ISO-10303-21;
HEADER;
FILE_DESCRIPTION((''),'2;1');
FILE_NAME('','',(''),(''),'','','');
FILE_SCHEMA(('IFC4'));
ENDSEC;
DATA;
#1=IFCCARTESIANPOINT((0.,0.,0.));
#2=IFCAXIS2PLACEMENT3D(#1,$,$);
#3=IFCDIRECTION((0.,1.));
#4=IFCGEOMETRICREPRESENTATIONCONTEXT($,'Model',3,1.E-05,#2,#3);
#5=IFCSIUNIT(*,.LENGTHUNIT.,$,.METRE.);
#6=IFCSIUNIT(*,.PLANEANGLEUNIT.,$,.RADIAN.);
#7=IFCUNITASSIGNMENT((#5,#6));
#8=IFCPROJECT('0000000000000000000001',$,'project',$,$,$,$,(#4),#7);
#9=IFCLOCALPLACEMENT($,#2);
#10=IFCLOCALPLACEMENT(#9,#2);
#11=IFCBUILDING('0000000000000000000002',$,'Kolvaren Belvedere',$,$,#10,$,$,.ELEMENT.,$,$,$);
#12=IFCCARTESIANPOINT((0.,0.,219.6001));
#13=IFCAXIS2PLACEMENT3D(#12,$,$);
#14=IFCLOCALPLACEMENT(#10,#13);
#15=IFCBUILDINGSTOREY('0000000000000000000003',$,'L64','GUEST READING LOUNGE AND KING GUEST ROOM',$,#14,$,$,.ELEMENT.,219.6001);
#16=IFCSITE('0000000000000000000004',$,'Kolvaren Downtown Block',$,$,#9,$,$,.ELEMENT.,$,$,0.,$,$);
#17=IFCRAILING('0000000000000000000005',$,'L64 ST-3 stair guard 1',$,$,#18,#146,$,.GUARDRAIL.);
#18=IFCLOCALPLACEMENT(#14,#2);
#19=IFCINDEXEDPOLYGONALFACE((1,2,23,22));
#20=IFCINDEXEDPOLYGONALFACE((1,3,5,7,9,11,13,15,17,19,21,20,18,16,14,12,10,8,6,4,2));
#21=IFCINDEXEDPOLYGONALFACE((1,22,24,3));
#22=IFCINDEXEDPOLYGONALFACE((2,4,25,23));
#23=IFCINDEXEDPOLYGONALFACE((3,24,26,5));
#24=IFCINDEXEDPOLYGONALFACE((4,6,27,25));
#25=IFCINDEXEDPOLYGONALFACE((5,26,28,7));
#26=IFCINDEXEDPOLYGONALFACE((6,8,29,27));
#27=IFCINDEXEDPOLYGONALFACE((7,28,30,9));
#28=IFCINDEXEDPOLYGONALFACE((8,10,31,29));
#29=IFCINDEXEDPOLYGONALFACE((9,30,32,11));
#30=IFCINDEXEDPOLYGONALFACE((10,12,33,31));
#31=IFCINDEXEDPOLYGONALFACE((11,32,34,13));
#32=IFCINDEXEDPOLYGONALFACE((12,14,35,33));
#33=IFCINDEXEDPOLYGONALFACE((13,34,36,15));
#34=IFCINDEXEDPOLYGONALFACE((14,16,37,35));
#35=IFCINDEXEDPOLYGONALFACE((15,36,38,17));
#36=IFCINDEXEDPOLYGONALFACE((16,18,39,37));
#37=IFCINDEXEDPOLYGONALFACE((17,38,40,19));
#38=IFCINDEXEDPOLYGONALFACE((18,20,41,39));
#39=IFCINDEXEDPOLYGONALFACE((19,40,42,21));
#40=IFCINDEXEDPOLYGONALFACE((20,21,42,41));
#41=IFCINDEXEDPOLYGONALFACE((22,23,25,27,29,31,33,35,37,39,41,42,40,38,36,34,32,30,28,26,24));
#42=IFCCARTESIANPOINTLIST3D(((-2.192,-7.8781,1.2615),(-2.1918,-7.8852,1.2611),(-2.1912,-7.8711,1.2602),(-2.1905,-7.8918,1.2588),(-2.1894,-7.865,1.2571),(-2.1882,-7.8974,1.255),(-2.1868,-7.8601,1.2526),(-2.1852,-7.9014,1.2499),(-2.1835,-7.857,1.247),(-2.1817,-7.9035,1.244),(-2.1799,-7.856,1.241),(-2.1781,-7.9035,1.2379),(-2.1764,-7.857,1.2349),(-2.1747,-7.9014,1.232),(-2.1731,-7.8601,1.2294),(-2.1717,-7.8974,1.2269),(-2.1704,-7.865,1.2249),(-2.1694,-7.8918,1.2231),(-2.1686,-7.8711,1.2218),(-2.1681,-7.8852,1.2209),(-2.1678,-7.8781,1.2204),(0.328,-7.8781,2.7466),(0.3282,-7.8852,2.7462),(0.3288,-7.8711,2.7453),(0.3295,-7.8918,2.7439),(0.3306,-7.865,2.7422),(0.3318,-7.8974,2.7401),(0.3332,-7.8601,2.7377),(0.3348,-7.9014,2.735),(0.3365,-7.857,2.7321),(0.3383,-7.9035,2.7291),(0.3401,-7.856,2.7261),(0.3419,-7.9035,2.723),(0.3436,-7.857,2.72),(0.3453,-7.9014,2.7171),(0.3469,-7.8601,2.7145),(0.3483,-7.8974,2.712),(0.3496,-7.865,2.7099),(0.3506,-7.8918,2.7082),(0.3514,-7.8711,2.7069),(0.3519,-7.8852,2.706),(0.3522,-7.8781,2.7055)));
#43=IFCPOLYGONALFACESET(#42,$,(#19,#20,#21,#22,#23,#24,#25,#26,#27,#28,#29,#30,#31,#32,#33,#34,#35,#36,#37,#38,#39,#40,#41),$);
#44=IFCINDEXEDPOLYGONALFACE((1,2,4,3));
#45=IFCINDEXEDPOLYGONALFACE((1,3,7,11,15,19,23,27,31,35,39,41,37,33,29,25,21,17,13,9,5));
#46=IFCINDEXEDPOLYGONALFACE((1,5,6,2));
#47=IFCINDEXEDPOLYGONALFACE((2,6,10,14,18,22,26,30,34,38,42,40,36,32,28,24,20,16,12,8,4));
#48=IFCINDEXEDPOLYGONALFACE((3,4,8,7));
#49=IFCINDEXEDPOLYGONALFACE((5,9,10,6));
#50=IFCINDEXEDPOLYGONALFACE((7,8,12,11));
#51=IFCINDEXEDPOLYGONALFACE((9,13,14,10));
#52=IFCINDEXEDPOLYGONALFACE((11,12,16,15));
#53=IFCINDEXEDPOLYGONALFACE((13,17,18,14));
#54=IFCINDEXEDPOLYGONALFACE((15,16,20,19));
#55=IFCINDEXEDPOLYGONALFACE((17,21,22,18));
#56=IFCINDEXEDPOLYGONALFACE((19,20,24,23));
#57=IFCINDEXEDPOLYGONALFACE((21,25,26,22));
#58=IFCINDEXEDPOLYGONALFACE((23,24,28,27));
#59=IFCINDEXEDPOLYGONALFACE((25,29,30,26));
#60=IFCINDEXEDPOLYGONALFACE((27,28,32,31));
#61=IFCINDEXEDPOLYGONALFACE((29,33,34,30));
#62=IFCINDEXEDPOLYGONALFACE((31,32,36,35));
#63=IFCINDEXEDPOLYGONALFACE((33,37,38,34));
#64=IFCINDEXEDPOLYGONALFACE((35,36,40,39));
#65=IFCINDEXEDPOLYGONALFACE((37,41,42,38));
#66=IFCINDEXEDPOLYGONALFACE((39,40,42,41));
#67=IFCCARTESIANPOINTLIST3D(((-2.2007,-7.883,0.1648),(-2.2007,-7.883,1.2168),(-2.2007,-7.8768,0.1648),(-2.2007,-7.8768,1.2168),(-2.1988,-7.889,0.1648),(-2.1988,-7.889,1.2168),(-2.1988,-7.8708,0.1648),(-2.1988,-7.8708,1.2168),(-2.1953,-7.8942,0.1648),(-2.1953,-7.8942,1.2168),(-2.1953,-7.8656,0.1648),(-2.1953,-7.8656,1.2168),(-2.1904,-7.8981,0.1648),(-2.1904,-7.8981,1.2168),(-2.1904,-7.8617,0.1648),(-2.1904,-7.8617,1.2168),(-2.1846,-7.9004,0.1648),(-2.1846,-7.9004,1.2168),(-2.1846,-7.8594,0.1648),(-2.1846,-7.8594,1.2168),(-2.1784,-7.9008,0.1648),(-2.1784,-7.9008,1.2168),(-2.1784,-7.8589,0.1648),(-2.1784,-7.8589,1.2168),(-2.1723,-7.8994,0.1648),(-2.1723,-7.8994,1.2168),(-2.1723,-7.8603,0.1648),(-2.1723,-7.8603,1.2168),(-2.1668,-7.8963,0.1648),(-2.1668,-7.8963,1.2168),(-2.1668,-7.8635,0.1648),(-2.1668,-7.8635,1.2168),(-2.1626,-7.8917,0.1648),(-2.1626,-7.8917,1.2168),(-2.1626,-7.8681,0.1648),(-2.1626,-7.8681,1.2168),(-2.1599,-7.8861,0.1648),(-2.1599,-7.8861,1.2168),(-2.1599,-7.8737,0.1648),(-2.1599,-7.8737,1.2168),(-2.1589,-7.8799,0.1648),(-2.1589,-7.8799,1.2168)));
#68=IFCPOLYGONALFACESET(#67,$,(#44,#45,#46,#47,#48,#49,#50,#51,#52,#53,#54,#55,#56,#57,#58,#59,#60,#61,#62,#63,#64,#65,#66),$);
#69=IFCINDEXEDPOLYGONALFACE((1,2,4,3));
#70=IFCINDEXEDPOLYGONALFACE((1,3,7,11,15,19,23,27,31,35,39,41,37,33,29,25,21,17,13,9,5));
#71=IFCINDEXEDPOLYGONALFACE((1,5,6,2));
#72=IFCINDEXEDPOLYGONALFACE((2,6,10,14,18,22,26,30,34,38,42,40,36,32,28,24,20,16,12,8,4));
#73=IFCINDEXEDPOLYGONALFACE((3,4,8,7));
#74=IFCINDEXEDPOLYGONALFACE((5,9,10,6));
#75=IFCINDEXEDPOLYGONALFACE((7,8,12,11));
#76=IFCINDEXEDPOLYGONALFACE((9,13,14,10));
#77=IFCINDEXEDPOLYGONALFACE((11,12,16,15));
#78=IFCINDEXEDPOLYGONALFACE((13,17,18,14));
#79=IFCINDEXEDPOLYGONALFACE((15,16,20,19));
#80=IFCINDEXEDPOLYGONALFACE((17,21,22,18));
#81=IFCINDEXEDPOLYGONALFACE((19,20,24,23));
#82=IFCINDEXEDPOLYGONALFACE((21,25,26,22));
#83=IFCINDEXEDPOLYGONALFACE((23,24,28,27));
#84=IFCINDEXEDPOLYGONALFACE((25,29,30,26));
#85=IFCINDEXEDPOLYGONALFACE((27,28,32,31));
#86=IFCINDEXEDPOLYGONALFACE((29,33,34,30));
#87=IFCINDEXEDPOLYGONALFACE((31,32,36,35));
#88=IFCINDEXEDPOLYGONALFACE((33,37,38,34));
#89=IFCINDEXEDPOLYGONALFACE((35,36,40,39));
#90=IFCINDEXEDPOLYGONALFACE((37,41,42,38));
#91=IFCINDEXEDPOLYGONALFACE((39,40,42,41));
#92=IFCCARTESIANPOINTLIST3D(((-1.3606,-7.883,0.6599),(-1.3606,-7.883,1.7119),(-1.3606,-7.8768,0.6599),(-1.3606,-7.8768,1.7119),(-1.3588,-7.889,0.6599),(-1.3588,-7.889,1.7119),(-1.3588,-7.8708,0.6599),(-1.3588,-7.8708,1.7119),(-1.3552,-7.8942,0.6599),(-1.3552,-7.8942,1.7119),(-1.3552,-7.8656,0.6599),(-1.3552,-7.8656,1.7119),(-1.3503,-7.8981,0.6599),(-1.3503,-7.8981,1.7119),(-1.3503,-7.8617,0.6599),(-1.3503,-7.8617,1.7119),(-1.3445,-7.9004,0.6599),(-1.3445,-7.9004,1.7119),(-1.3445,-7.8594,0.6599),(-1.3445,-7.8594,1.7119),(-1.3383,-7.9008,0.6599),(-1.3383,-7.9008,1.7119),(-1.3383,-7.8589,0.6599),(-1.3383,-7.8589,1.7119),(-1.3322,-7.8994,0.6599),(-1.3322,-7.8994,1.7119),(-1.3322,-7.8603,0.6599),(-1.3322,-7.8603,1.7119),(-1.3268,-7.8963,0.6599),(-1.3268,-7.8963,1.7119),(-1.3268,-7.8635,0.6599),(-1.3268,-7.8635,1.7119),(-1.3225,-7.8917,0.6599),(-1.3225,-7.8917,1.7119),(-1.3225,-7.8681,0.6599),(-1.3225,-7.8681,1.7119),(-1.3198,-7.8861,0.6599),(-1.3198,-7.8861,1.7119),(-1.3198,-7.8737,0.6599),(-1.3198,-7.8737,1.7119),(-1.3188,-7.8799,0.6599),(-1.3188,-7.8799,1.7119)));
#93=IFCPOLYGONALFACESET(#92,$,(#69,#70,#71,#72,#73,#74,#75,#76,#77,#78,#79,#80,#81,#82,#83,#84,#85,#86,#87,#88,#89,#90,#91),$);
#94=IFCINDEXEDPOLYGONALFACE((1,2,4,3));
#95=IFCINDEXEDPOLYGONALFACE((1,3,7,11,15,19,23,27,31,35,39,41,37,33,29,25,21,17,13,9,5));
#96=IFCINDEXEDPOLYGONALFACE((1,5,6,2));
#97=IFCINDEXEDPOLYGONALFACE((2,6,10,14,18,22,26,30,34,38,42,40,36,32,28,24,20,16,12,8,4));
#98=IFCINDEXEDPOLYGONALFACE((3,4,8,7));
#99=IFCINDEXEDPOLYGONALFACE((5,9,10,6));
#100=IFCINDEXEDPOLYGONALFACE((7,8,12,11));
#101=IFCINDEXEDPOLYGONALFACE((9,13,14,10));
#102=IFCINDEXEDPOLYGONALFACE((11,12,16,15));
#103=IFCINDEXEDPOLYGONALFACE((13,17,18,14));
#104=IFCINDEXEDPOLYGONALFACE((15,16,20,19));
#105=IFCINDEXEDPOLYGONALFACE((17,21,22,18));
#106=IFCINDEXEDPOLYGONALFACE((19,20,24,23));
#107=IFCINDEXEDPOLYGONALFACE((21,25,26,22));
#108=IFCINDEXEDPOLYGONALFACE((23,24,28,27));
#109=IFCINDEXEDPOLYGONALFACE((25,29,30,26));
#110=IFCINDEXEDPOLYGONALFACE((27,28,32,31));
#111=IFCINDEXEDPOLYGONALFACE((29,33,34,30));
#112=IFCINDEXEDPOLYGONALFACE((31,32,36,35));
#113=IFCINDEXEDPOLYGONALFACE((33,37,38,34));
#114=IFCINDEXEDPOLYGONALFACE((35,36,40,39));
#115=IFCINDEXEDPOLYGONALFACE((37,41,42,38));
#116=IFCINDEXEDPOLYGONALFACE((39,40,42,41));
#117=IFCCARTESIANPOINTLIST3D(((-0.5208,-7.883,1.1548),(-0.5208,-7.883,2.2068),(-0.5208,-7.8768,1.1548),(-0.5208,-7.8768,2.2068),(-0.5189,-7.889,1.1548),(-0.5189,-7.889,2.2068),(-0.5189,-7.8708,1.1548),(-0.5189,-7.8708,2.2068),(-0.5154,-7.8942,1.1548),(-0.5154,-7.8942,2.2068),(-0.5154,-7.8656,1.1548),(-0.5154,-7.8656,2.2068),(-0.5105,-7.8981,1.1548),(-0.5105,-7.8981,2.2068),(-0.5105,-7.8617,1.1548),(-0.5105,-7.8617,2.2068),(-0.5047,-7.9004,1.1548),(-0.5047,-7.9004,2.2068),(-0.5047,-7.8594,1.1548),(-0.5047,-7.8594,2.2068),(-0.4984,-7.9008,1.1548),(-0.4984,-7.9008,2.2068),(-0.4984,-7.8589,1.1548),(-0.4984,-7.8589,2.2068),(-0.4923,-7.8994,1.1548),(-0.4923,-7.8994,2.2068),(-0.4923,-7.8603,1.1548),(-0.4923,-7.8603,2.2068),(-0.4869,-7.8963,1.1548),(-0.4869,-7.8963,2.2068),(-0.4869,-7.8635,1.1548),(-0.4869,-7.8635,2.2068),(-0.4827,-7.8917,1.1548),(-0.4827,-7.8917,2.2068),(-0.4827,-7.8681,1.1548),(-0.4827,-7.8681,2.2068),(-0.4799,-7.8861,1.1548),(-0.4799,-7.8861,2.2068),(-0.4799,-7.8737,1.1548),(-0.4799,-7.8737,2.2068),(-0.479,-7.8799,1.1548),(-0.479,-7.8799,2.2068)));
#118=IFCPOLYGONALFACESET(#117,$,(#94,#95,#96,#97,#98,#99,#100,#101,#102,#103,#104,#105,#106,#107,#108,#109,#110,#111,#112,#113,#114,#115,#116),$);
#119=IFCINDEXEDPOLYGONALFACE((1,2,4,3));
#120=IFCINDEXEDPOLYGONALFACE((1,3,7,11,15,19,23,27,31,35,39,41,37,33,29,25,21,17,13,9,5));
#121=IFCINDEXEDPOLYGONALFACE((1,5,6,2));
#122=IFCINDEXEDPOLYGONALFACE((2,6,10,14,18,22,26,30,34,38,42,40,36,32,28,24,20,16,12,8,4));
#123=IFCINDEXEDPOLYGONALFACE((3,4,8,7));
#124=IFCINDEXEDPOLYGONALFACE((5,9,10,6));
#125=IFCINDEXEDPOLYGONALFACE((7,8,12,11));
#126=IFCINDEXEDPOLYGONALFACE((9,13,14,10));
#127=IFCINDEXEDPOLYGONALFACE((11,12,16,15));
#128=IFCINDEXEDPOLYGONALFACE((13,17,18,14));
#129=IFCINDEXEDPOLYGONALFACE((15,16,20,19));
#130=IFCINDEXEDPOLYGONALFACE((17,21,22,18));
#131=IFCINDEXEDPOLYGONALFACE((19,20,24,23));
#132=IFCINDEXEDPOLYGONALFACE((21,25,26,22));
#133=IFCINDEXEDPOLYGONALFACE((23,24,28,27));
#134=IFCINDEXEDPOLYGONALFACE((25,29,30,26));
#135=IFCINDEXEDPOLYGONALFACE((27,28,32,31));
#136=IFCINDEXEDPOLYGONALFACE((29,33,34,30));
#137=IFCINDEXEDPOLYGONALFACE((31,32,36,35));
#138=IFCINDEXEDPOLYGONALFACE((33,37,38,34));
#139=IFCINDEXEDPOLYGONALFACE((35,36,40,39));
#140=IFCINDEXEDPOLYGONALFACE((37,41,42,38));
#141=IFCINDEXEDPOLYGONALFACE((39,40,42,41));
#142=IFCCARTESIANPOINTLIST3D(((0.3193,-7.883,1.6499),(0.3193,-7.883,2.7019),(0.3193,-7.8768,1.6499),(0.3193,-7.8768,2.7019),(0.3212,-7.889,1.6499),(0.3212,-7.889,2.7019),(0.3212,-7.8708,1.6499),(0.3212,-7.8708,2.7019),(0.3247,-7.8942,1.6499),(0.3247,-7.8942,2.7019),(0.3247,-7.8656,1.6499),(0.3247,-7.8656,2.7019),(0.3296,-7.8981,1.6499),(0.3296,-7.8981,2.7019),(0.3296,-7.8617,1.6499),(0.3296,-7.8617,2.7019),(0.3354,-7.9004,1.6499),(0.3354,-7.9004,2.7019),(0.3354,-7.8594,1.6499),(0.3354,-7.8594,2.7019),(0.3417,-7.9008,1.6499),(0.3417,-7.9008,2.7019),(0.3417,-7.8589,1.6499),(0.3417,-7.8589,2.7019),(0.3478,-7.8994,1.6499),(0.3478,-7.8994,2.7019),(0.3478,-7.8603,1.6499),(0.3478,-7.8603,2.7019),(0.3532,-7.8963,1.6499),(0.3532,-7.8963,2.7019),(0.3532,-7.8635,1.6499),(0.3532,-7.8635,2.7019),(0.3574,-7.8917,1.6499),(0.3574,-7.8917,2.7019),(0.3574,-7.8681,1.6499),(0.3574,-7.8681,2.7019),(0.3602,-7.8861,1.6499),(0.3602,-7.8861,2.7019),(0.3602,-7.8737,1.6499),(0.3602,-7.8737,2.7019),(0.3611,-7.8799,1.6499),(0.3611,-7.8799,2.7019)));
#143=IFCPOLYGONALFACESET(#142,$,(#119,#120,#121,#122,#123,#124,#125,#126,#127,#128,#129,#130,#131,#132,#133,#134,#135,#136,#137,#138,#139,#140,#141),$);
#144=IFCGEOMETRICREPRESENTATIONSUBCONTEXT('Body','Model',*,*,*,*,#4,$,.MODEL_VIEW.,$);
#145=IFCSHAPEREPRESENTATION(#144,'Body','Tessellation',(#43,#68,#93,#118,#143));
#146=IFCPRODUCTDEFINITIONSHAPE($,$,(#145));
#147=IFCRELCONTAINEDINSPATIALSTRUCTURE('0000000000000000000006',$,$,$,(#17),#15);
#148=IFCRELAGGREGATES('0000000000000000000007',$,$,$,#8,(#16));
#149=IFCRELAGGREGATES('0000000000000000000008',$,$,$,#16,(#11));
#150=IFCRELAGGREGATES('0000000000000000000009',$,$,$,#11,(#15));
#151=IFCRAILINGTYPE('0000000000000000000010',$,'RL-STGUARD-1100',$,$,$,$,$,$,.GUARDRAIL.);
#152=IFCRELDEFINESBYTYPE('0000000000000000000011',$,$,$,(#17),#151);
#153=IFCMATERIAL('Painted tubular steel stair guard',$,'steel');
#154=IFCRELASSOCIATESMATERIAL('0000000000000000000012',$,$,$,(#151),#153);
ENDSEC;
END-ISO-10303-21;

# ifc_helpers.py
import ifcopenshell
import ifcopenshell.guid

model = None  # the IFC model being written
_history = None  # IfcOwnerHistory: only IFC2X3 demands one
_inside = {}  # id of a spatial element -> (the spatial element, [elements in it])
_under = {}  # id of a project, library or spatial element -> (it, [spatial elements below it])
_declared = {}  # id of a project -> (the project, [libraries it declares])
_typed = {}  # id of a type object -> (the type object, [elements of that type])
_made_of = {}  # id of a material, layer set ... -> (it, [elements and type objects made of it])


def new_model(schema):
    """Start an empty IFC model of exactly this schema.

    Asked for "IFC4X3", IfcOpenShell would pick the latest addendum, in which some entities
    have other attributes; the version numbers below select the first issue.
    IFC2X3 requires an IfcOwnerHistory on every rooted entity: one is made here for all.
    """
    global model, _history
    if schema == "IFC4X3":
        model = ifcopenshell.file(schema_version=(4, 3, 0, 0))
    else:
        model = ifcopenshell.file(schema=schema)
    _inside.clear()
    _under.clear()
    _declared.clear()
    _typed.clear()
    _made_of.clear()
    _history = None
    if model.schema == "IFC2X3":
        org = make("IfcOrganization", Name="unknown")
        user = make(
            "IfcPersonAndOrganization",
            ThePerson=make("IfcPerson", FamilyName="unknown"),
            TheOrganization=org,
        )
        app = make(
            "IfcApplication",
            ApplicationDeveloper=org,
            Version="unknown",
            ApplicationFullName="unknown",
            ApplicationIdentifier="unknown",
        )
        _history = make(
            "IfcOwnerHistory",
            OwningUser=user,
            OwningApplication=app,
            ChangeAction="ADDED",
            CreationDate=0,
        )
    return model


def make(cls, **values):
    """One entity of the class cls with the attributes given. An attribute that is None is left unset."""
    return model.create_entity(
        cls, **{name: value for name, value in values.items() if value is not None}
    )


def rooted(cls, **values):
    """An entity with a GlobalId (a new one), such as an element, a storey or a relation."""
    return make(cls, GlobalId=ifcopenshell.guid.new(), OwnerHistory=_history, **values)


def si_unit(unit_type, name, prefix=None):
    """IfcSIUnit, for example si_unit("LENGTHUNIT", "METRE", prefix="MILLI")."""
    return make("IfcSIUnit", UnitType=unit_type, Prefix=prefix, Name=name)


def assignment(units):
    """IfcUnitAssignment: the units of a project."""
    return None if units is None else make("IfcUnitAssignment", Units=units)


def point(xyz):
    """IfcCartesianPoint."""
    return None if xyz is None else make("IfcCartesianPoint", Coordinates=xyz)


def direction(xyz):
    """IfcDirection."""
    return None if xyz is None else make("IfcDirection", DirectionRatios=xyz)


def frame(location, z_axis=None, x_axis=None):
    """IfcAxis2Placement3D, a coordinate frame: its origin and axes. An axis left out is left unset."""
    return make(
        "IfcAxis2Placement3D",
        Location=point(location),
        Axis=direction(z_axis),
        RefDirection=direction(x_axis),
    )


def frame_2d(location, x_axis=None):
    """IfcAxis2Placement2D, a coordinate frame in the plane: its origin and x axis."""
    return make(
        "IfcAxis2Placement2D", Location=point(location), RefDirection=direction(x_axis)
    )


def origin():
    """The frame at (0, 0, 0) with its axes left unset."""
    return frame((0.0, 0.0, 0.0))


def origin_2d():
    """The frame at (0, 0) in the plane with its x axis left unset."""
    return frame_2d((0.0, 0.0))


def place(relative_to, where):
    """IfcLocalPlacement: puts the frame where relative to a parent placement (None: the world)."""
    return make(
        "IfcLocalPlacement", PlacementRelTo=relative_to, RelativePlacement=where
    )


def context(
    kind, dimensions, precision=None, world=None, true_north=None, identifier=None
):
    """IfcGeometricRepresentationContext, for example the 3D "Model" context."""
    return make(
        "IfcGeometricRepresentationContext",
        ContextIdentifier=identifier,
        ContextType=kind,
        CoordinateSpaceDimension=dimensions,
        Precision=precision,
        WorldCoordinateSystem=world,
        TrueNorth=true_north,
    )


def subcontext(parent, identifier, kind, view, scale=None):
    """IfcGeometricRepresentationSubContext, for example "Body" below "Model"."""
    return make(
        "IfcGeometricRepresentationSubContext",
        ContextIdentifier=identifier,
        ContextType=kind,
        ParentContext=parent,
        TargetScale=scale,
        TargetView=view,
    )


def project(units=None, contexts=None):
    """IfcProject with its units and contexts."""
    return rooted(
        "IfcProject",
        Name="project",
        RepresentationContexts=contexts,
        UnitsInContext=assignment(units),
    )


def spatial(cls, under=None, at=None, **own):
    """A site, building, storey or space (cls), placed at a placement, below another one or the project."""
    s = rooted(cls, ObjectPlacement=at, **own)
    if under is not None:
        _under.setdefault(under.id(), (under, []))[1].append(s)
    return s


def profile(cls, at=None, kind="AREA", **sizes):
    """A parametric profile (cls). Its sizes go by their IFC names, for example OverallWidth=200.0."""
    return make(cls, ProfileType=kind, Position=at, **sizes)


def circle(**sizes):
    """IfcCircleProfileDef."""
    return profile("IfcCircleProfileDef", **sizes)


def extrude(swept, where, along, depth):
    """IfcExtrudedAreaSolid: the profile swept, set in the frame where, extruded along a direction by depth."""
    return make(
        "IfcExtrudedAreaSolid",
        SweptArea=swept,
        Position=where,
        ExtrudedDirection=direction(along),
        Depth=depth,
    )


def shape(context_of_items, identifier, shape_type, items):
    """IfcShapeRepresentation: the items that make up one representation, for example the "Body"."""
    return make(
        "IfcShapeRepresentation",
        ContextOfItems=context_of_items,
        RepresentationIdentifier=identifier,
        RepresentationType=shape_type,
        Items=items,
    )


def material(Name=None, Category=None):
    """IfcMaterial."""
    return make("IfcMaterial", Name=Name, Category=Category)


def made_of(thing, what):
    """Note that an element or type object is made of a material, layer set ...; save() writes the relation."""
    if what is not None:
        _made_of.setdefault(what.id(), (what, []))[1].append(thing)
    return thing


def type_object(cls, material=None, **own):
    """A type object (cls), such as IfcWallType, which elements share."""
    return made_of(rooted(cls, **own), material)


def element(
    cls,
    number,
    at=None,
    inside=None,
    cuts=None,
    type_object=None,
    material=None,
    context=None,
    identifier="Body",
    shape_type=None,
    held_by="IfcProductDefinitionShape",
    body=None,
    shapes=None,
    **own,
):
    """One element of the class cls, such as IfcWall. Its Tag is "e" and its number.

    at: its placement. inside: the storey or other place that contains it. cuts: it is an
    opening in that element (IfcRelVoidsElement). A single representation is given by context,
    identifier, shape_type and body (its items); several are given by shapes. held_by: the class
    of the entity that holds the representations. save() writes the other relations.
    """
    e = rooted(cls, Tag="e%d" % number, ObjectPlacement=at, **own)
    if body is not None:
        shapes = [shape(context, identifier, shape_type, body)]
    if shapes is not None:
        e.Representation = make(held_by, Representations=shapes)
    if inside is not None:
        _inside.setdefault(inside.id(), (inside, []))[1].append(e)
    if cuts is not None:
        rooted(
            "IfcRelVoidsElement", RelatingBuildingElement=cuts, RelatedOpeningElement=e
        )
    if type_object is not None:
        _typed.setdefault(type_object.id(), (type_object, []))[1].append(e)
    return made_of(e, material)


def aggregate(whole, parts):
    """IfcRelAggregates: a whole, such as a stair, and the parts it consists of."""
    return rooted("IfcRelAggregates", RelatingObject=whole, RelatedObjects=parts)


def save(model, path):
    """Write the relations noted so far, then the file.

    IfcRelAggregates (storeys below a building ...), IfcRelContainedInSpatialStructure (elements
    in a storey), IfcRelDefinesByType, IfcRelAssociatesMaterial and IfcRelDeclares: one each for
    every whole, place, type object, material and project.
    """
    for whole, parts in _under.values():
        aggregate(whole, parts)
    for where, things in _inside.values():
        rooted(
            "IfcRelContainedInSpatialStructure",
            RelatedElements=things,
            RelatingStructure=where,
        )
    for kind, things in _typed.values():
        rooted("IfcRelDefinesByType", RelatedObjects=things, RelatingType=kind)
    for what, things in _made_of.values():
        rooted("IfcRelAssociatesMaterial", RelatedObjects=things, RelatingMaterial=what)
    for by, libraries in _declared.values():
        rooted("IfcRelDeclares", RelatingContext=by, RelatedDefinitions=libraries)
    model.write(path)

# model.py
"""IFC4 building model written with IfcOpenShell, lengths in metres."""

from ifc_helpers import new_model, si_unit, direction, frame, origin, origin_2d, place, context, subcontext, project, spatial, circle, extrude, material, type_object, element, save


model = new_model("IFC4")

# Units and contexts
model_context = context("Model", 3, precision=1e-05, world=origin(), true_north=direction((0.0, 1.0)))
body_context = subcontext(model_context, "Body", "Model", "MODEL_VIEW")
ifc_project = project(units=[si_unit("LENGTHUNIT", "METRE"), si_unit("PLANEANGLEUNIT", "RADIAN")], contexts=[model_context])

# Site, building, storey
site_placement = place(None, origin())
site = spatial("IfcSite", under=ifc_project, at=site_placement, Name="Kolvaren Downtown Block", CompositionType="ELEMENT", RefElevation=0.0)
building_placement = place(site_placement, origin())
building = spatial("IfcBuilding", under=site, at=building_placement, Name="Kolvaren Belvedere", CompositionType="ELEMENT")
storey_placement = place(building_placement, frame((0.0, 0.0, 219.6001)))
storey = spatial("IfcBuildingStorey", under=building, at=storey_placement, Name="L64", Description="GUEST READING LOUNGE AND KING GUEST ROOM", CompositionType="ELEMENT", Elevation=219.6001)

# Railing
ifc_material_1 = material(Name="Painted tubular steel stair guard", Category="steel")
railing_type = type_object("IfcRailingType", Name="RL-STGUARD-1100", PredefinedType="GUARDRAIL", material=ifc_material_1)
railing_1_placement = place(storey_placement, frame((-2.1799, -7.8799, 0.1648)))
element("IfcRailing", 1, at=railing_1_placement, inside=storey, type_object=railing_type, Name="L64 ST-3 stair guard 1", PredefinedType="GUARDRAIL", context=body_context, shape_type="SweptSolid", body=[
    extrude(circle(Radius=0.0239, at=origin_2d()), frame((0.0, 0.0, 1.0762), z_axis=(0.861524, 0.0, 0.507717), x_axis=(0.0, 1.0, 0.0)), (0.0, 0.0, 1.0), 2.925),
    extrude(circle(Radius=0.021, at=origin_2d()), origin(), (0.0, 0.0, 1.0), 1.052),
    extrude(circle(Radius=0.021, at=origin_2d()), frame((0.8401, 0.0, 0.4951)), (0.0, 0.0, 1.0), 1.052),
    extrude(circle(Radius=0.021, at=origin_2d()), frame((1.6799, 0.0, 0.99)), (0.0, 0.0, 1.0), 1.052),
    extrude(circle(Radius=0.021, at=origin_2d()), frame((2.52, 0.0, 1.4851)), (0.0, 0.0, 1.0), 1.052),
])

save(model, "model.ifc")
